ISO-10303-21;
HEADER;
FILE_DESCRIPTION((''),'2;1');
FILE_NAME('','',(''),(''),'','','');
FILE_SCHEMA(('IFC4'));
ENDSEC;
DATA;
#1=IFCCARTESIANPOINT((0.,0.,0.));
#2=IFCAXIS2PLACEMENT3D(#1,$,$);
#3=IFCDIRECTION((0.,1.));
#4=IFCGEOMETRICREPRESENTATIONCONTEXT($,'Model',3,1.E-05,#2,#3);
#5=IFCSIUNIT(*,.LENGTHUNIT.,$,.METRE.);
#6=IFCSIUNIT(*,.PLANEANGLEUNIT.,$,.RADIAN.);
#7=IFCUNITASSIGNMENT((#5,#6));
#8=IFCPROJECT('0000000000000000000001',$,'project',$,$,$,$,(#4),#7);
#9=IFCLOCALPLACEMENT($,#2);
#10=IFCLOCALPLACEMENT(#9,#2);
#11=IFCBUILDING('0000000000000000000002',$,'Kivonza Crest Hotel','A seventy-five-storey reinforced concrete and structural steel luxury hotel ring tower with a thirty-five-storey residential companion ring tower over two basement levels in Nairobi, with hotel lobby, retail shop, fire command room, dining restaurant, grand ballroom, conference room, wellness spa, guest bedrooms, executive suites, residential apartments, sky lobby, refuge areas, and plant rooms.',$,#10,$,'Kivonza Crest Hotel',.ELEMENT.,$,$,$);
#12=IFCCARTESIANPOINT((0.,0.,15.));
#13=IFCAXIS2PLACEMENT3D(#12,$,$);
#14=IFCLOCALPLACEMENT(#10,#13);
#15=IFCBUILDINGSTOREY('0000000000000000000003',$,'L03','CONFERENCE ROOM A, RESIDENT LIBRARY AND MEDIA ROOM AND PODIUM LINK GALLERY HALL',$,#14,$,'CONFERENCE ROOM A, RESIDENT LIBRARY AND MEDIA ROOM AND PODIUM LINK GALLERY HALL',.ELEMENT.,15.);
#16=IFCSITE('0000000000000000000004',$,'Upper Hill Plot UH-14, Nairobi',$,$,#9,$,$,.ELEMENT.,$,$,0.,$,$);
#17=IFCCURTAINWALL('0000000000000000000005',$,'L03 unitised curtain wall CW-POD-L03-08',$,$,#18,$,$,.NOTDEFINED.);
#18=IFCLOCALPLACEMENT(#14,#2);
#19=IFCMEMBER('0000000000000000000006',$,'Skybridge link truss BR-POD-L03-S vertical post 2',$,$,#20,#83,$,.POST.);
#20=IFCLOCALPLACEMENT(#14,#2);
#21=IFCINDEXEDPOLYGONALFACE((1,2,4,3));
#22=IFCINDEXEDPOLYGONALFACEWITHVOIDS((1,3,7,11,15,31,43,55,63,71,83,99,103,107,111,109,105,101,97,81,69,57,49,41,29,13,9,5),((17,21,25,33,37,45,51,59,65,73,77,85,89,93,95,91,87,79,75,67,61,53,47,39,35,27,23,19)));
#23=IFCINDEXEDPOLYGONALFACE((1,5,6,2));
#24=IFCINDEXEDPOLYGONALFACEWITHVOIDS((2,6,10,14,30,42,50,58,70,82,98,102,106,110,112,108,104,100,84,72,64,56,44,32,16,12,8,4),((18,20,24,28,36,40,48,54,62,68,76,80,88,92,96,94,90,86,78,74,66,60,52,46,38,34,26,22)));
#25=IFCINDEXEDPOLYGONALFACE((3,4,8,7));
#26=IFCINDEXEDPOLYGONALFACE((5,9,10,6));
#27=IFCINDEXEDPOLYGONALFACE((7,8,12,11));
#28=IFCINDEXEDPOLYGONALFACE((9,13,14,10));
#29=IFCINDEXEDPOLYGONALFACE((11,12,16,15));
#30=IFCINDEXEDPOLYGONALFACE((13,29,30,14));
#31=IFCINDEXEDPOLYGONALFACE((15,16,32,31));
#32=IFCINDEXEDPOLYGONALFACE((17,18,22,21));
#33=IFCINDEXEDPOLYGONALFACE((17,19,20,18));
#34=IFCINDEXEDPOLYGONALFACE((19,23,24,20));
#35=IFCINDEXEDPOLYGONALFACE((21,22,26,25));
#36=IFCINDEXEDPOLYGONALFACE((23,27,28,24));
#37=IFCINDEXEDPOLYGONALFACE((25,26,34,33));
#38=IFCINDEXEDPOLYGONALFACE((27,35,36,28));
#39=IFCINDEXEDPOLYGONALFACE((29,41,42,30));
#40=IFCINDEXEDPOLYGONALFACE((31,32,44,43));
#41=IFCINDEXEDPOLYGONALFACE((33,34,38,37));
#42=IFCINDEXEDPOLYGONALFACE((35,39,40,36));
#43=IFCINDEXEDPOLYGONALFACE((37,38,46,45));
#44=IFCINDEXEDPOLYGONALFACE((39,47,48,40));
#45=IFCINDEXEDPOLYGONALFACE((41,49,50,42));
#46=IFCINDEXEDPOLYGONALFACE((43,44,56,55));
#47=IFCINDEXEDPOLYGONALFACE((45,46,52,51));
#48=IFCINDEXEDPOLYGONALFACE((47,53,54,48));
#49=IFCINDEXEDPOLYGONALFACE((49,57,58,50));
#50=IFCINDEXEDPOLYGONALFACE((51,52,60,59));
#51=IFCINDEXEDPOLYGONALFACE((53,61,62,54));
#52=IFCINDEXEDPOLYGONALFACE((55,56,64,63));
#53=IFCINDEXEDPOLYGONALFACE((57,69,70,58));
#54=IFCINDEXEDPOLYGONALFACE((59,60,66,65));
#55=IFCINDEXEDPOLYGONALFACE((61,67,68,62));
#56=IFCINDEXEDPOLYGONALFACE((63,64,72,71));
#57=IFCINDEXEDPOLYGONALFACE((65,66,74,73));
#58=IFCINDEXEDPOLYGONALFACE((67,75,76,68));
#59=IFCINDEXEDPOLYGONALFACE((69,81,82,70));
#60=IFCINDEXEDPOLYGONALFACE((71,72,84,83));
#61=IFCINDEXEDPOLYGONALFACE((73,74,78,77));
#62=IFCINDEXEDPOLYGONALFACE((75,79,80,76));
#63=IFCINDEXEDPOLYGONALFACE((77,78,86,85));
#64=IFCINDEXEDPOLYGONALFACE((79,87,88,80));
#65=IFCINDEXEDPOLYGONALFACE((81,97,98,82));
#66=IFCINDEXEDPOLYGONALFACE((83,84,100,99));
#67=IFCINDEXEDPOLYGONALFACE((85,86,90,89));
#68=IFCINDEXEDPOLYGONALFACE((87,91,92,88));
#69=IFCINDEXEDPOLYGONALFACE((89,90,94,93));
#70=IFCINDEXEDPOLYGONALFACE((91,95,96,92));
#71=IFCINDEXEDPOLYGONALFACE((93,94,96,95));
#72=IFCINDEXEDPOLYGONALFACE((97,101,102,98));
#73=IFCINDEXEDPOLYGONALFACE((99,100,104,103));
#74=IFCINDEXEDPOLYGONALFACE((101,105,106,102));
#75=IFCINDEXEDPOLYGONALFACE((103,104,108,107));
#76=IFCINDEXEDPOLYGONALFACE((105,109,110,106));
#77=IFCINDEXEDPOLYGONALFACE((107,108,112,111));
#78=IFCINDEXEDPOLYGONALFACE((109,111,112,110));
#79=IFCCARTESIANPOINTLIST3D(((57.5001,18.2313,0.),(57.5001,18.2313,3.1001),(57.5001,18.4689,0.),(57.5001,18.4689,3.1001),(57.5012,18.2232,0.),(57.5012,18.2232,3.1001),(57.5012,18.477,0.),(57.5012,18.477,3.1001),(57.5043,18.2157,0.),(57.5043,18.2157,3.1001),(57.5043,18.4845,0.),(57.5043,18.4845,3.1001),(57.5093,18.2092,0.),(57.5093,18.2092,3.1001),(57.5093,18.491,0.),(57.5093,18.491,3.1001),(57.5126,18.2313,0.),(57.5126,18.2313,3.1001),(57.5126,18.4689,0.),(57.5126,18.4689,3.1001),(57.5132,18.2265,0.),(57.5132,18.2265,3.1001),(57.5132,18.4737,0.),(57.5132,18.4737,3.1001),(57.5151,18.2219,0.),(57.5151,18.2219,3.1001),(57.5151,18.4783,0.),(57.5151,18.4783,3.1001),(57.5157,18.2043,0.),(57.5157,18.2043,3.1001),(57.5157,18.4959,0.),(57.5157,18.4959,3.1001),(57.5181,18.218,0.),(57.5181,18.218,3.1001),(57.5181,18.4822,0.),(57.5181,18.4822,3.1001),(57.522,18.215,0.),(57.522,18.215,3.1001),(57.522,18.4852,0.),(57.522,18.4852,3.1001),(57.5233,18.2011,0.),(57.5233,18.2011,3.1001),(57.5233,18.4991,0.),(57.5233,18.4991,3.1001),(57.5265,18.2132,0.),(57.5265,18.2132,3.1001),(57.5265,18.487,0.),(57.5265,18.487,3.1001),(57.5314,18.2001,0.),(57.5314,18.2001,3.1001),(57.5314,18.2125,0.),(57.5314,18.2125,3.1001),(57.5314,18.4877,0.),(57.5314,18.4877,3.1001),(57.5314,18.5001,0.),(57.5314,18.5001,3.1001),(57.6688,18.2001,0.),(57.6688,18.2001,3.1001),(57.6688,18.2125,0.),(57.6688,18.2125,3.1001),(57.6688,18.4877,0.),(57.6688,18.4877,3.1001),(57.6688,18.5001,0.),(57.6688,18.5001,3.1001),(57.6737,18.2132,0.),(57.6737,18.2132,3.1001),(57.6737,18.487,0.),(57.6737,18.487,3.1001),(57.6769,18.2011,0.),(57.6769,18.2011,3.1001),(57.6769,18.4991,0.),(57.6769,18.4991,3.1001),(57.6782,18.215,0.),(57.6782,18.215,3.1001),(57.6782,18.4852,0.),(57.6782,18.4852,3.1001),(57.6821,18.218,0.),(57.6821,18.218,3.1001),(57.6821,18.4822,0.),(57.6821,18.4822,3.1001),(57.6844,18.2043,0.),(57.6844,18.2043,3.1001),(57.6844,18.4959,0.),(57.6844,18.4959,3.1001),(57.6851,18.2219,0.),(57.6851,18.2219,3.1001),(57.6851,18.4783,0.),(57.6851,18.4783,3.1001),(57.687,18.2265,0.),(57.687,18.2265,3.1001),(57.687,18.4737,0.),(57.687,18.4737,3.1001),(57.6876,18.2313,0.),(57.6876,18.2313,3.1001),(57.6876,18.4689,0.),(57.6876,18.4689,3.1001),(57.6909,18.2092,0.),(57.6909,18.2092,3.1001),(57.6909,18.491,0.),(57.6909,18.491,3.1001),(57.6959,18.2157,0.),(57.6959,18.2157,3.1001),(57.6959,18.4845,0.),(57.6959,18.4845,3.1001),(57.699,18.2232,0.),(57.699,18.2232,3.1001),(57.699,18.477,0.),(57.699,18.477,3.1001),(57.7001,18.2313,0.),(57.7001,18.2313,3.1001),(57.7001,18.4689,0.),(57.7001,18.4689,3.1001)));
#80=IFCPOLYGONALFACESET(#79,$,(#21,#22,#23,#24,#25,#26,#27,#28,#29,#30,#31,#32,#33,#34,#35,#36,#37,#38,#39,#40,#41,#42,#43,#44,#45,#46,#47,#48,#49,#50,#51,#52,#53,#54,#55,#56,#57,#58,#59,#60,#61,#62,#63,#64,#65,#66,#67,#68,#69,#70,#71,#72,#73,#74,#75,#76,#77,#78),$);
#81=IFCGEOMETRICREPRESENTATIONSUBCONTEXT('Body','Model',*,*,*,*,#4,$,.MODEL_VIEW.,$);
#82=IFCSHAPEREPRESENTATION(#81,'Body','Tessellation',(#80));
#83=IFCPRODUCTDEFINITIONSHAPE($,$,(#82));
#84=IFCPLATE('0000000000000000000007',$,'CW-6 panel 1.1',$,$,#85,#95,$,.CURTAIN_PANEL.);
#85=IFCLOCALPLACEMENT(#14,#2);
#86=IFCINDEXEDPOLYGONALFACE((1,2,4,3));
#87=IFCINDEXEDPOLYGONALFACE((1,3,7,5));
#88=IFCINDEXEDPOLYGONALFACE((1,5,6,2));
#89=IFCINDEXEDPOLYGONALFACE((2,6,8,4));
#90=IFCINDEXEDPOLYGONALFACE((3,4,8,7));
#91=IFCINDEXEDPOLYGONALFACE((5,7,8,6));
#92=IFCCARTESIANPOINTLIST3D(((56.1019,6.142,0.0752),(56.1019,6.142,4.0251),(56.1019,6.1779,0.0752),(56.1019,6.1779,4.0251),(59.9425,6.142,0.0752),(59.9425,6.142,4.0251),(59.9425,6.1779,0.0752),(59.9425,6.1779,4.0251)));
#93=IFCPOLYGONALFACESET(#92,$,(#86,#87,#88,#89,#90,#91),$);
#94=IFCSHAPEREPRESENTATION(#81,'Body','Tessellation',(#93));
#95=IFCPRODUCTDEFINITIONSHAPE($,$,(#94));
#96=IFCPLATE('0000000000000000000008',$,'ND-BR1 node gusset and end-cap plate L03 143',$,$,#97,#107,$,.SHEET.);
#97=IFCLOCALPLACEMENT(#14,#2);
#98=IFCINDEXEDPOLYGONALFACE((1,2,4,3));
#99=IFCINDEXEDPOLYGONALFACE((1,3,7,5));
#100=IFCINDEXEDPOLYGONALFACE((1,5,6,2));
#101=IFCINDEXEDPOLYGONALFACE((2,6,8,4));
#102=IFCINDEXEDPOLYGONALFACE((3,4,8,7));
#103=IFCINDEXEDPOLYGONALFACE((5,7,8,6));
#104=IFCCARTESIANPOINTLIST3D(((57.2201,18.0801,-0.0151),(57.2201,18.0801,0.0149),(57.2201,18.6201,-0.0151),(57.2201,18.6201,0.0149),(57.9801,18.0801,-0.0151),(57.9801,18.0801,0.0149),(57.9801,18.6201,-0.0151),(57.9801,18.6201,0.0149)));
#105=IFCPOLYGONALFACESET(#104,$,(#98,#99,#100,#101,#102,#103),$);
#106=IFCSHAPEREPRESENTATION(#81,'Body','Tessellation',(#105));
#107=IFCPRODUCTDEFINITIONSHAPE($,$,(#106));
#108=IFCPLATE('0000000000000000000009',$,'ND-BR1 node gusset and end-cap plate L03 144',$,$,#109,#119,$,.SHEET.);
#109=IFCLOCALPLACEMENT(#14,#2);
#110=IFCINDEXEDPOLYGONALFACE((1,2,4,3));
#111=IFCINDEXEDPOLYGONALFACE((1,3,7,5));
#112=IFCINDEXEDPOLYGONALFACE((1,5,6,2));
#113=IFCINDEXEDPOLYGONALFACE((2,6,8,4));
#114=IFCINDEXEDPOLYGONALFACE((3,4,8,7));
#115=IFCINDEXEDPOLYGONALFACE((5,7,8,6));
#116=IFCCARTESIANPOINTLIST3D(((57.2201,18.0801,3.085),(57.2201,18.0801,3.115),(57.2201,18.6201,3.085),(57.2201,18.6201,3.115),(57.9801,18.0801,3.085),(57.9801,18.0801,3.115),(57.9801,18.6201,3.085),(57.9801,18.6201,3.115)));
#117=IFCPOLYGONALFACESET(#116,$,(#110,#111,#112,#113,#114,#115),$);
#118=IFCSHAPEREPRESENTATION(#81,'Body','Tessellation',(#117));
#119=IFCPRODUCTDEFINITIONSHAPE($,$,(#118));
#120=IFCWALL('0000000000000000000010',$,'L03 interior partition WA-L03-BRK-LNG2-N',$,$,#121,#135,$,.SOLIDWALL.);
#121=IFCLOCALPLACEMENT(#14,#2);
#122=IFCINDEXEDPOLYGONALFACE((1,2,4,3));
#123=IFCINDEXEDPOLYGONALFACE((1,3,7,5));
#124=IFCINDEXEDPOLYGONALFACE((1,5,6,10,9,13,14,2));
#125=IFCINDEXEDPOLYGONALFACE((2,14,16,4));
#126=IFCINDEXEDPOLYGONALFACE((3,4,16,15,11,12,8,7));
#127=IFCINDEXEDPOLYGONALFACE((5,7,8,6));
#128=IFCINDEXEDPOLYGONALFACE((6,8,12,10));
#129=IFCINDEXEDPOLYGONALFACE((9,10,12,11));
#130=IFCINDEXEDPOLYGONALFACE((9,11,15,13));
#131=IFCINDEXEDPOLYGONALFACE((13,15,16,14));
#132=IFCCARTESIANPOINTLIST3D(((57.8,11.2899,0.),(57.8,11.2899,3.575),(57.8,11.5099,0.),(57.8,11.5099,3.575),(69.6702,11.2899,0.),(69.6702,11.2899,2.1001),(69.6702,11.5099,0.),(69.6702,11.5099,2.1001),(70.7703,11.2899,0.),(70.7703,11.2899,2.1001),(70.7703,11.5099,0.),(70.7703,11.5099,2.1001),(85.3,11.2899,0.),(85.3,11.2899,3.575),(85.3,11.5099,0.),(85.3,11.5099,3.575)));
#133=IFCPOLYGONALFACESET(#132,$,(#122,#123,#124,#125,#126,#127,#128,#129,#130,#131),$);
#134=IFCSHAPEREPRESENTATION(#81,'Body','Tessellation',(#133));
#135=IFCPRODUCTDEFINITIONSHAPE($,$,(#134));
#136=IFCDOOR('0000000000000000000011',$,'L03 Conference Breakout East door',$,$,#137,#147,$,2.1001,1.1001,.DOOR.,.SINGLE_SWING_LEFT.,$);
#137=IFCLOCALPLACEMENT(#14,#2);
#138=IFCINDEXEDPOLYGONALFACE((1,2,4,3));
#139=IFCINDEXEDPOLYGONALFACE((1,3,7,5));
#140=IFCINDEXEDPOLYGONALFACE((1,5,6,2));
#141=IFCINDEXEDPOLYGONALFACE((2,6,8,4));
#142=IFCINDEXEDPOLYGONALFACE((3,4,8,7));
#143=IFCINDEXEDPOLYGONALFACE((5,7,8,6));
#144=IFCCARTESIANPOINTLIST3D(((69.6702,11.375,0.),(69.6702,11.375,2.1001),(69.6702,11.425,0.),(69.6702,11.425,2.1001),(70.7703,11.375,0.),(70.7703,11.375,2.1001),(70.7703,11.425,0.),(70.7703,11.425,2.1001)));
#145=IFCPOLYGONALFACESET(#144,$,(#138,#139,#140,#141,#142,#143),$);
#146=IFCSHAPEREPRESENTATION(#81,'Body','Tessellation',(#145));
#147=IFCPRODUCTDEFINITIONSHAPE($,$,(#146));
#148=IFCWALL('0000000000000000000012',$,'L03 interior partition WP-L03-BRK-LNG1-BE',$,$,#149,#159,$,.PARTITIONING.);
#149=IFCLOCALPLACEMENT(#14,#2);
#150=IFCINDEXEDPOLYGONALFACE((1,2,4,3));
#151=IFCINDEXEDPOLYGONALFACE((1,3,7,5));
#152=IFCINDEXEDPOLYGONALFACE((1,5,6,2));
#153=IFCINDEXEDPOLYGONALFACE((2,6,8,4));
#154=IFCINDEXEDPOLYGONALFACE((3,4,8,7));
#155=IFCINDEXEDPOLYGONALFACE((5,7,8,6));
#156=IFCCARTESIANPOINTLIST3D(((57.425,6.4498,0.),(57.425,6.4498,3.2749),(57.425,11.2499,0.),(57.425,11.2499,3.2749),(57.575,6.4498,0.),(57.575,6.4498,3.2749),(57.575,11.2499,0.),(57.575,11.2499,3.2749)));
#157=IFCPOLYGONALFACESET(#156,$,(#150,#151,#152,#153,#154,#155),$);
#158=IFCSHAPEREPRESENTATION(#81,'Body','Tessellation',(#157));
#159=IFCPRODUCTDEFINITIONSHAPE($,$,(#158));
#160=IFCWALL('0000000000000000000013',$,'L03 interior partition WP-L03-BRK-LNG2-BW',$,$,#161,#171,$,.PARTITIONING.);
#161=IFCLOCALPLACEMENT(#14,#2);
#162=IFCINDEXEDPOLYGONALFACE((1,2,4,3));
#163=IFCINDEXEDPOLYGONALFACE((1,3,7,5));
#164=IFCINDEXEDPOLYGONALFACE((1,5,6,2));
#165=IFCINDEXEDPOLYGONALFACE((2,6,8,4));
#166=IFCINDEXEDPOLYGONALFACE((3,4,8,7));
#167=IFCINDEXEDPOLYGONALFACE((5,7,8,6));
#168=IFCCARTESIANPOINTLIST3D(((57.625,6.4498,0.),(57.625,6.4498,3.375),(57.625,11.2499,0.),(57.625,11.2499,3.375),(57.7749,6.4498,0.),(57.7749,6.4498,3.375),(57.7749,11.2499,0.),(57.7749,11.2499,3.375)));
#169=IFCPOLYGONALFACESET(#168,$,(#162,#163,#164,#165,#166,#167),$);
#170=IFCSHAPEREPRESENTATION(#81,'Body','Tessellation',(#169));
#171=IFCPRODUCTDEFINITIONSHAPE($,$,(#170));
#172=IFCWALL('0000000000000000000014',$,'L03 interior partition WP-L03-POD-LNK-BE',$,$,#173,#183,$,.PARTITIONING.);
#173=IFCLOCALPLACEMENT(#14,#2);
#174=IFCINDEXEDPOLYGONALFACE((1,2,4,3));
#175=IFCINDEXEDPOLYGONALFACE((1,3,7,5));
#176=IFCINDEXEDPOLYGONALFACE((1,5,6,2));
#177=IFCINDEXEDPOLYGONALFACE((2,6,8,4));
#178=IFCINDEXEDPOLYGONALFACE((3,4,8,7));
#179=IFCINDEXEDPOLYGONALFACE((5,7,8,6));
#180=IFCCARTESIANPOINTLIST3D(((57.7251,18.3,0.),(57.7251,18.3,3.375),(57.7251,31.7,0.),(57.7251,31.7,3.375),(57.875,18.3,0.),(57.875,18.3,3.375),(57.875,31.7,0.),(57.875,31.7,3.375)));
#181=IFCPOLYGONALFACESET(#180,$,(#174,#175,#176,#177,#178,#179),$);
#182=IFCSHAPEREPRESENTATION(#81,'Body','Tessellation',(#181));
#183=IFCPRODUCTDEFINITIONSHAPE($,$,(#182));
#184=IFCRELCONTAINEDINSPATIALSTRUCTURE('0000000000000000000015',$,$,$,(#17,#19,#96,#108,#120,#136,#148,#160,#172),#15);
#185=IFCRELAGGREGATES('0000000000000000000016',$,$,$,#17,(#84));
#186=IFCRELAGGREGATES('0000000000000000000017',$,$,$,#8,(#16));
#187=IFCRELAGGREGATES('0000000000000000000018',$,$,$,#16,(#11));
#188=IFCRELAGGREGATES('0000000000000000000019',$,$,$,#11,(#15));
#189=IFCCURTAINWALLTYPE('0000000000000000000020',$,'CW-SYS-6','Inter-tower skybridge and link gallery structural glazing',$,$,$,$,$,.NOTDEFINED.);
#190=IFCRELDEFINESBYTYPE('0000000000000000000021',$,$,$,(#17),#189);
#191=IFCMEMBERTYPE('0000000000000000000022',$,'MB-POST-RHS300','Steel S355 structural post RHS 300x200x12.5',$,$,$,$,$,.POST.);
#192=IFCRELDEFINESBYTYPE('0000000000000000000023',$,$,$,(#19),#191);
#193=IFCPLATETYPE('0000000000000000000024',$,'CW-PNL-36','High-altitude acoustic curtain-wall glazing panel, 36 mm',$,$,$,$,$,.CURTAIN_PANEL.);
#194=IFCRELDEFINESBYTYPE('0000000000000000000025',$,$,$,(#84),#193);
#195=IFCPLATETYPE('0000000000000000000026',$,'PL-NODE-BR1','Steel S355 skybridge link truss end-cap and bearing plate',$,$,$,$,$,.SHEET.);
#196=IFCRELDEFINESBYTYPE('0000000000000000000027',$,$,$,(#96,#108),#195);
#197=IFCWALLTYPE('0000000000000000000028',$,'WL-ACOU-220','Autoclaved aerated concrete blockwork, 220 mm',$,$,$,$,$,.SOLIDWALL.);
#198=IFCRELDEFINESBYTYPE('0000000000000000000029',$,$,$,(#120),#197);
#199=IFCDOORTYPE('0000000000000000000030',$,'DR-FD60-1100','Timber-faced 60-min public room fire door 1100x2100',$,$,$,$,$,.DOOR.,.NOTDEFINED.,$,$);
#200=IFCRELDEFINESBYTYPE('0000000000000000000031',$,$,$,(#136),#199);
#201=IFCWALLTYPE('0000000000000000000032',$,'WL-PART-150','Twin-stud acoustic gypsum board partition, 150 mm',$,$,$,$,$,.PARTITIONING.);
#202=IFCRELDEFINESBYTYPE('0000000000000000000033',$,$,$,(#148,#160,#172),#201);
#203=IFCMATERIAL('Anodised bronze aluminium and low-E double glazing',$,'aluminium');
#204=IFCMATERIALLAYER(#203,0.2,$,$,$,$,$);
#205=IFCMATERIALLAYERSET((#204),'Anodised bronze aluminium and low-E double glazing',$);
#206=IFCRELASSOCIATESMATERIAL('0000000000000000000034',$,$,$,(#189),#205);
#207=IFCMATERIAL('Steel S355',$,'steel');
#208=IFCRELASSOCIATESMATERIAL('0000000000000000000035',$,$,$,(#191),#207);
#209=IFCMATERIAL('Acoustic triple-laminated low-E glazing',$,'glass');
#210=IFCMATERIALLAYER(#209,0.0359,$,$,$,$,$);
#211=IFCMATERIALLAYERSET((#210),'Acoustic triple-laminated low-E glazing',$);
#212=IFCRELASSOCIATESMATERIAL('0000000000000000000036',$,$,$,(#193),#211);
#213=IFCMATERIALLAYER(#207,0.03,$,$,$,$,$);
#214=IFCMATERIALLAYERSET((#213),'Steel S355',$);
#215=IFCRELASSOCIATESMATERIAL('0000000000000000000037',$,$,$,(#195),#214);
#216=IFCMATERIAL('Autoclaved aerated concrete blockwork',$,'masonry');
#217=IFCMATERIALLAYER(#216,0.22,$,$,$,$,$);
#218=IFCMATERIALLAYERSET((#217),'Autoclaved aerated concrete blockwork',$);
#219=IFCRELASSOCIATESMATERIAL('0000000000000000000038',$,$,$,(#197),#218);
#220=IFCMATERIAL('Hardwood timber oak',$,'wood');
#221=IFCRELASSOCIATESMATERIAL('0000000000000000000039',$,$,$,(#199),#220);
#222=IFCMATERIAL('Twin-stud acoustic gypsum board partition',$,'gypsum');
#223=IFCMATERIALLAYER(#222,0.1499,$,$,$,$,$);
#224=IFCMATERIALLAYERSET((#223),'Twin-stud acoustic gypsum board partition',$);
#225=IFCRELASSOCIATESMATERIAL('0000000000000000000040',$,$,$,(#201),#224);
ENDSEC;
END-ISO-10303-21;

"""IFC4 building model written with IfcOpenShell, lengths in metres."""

from ifc_helpers import new_model, si_unit, direction, frame, frame_2d, origin, origin_2d, place, context, subcontext, project, spatial, rectangle, hollow_rectangle, extrude, material, layer, layer_set, material_profile, profile_set, type_object, element, fill, aggregate, save


model = new_model("IFC4")

# Units and contexts
model_context = context("Model", 3, precision=1e-05, world=origin(), true_north=direction((0.0, 1.0)))
body_context = subcontext(model_context, "Body", "Model", "MODEL_VIEW")
ifc_project = project(units=[si_unit("LENGTHUNIT", "METRE"), si_unit("PLANEANGLEUNIT", "RADIAN")], contexts=[model_context])

# Site, building, storey
site_placement = place(None, origin())
site = spatial("IfcSite", under=ifc_project, at=site_placement, Name="Upper Hill Plot UH-14, Nairobi", CompositionType="ELEMENT", RefElevation=0.0)
building_placement = place(site_placement, origin())
building = spatial("IfcBuilding", under=site, at=building_placement, Name="Kivonza Crest Hotel", Description="A seventy-five-storey reinforced concrete and structural steel luxury hotel ring tower with a thirty-five-storey residential companion ring tower over two basement levels in Nairobi, with hotel lobby, retail shop, fire command room, dining restaurant, grand ballroom, conference room, wellness spa, guest bedrooms, executive suites, residential apartments, sky lobby, refuge areas, and plant rooms.", LongName="Kivonza Crest Hotel", CompositionType="ELEMENT")
storey_placement = place(building_placement, frame((0.0, 0.0, 15.0)))
storey = spatial("IfcBuildingStorey", under=building, at=storey_placement, Name="L03", Description="CONFERENCE ROOM A, RESIDENT LIBRARY AND MEDIA ROOM AND PODIUM LINK GALLERY HALL", LongName="CONFERENCE ROOM A, RESIDENT LIBRARY AND MEDIA ROOM AND PODIUM LINK GALLERY HALL", CompositionType="ELEMENT", Elevation=15.0)

# Shared definitions
ifc_material_1 = material(Name="Steel S355", Category="steel")

# Curtain wall
ifc_material_2 = material(Name="Anodised bronze aluminium and low-E double glazing", Category="aluminium")
ifc_layer_1 = layer(ifc_material_2, 0.2)
ifc_layer_set_1 = layer_set([ifc_layer_1], Name="Anodised bronze aluminium and low-E double glazing")
curtain_wall_type = type_object("IfcCurtainWallType", Name="CW-SYS-6", Description="Inter-tower skybridge and link gallery structural glazing", PredefinedType="NOTDEFINED", material=ifc_layer_set_1)
curtain_wall_placement = place(storey_placement, origin())
curtain_wall = element("IfcCurtainWall", 1, at=curtain_wall_placement, inside=storey, type_object=curtain_wall_type, Name="L03 unitised curtain wall CW-POD-L03-08", PredefinedType="NOTDEFINED")

# Member
ifc_material_profile_1 = material_profile(ifc_material_1, hollow_rectangle(XDim=0.2, YDim=0.3, WallThickness=0.0125, InnerFilletRadius=0.0188, OuterFilletRadius=0.0312, at=origin_2d()), Name="RHS 300x200x12.5")
ifc_profile_set_1 = profile_set([ifc_material_profile_1], Name="Steel S355")
member_type_1 = type_object("IfcMemberType", Name="MB-POST-RHS300", Description="Steel S355 structural post RHS 300x200x12.5", PredefinedType="POST", material=ifc_profile_set_1)
member_1_placement = place(storey_placement, frame((57.6001, 18.3501, 0.0), z_axis=(0.0, 0.0, 1.0), x_axis=(1.0, 0.0, 0.0)))
element("IfcMember", 2, at=member_1_placement, inside=storey, type_object=member_type_1, Name="Skybridge link truss BR-POD-L03-S vertical post 2", PredefinedType="POST", context=body_context, shape_type="SweptSolid", body=[
    extrude(hollow_rectangle(XDim=0.2, YDim=0.3, WallThickness=0.0125, InnerFilletRadius=0.0188, OuterFilletRadius=0.0312, at=origin_2d()), origin(), (0.0, 0.0, 1.0), 3.1001),
])

# Plate
ifc_material_3 = material(Name="Acoustic triple-laminated low-E glazing", Category="glass")
ifc_layer_2 = layer(ifc_material_3, 0.0359)
ifc_layer_set_2 = layer_set([ifc_layer_2], Name="Acoustic triple-laminated low-E glazing")
plate_type_1 = type_object("IfcPlateType", Name="CW-PNL-36", Description="High-altitude acoustic curtain-wall glazing panel, 36 mm", PredefinedType="CURTAIN_PANEL", material=ifc_layer_set_2)
plate_placement = place(storey_placement, frame((58.0222, 6.1599, 0.0752), z_axis=(0.0, 0.0, 1.0), x_axis=(1.0, 0.0, 0.0)))
plate = element("IfcPlate", 3, at=plate_placement, type_object=plate_type_1, Name="CW-6 panel 1.1", PredefinedType="CURTAIN_PANEL", context=body_context, shape_type="SweptSolid", body=[
    extrude(rectangle(XDim=3.8406, YDim=0.0359, at=origin_2d()), origin(), (0.0, 0.0, 1.0), 3.95),
])
aggregate(curtain_wall, [plate])

# Plates
ifc_layer_3 = layer(ifc_material_1, 0.03)
ifc_layer_set_3 = layer_set([ifc_layer_3], Name="Steel S355")
plate_type_2 = type_object("IfcPlateType", Name="PL-NODE-BR1", Description="Steel S355 skybridge link truss end-cap and bearing plate", PredefinedType="SHEET", material=ifc_layer_set_3)
for number, where, z_axis, x_axis, name in (
    (4, (57.6001, 18.3501, -0.0151), (0.0, 0.0, 1.0), (1.0, 0.0, 0.0), "ND-BR1 node gusset and end-cap plate L03 143"),
    (5, (57.6001, 18.3501, 3.085), (0.0, 0.0, 1.0), (1.0, 0.0, 0.0), "ND-BR1 node gusset and end-cap plate L03 144"),
):
    element("IfcPlate", number, at=place(storey_placement, frame(where, z_axis=z_axis, x_axis=x_axis)), inside=storey, type_object=plate_type_2, Name=name, PredefinedType="SHEET", context=body_context, shape_type="SweptSolid", body=[
        extrude(rectangle(XDim=0.76, YDim=0.54, at=origin_2d()), origin(), (0.0, 0.0, 1.0), 0.03),
    ])

# Wall, opening, door
ifc_material_4 = material(Name="Autoclaved aerated concrete blockwork", Category="masonry")
ifc_layer_4 = layer(ifc_material_4, 0.22)
ifc_layer_set_4 = layer_set([ifc_layer_4], Name="Autoclaved aerated concrete blockwork")
wall_type_1 = type_object("IfcWallType", Name="WL-ACOU-220", Description="Autoclaved aerated concrete blockwork, 220 mm", PredefinedType="SOLIDWALL", material=ifc_layer_set_4)
wall_1_placement = place(storey_placement, frame((57.8, 11.3999, 0.0), z_axis=(0.0, 0.0, 1.0), x_axis=(1.0, 0.0, 0.0)))
wall_1 = element("IfcWall", 6, at=wall_1_placement, inside=storey, type_object=wall_type_1, Name="L03 interior partition WA-L03-BRK-LNG2-N", PredefinedType="SOLIDWALL", context=body_context, shape_type="SweptSolid", body=[
    extrude(rectangle(XDim=27.5, YDim=0.22, at=frame_2d((13.75, 0.0))), origin(), (0.0, 0.0, 1.0), 3.575),
])
opening_placement = place(wall_1_placement, frame((11.8701, 0.0, 0.0)))
opening = element("IfcOpeningElement", 7, at=opening_placement, cuts=wall_1, PredefinedType="OPENING", context=body_context, shape_type="SweptSolid", body=[
    extrude(rectangle(XDim=1.1001, YDim=2.1001, at=frame_2d((0.55, 1.05))), frame((0.0, 0.1201, 0.0), z_axis=(0.0, -1.0, 0.0), x_axis=(1.0, 0.0, 0.0)), (0.0, 0.0, 1.0), 0.24),
])
ifc_material_5 = material(Name="Hardwood timber oak", Category="wood")
door_type = type_object("IfcDoorType", Name="DR-FD60-1100", Description="Timber-faced 60-min public room fire door 1100x2100", OperationType="NOTDEFINED", PredefinedType="DOOR", material=ifc_material_5)
door_placement = place(opening_placement, frame((1.1001, 0.0, 0.0), z_axis=(0.0, 0.0, 1.0), x_axis=(-1.0, 0.0, 0.0)))
door = element("IfcDoor", 8, at=door_placement, inside=storey, type_object=door_type, Name="L03 Conference Breakout East door", OperationType="SINGLE_SWING_LEFT", OverallHeight=2.1001, OverallWidth=1.1001, PredefinedType="DOOR", context=body_context, shape_type="SweptSolid", body=[
    extrude(rectangle(XDim=1.1001, YDim=2.1001, at=frame_2d((0.55, 1.05))), frame((0.0, 0.0249, 0.0), z_axis=(0.0, -1.0, 0.0), x_axis=(1.0, 0.0, 0.0)), (0.0, 0.0, 1.0), 0.05),
])
fill(opening, door)

# Walls
ifc_material_6 = material(Name="Twin-stud acoustic gypsum board partition", Category="gypsum")
ifc_layer_5 = layer(ifc_material_6, 0.1499)
ifc_layer_set_5 = layer_set([ifc_layer_5], Name="Twin-stud acoustic gypsum board partition")
wall_type_2 = type_object("IfcWallType", Name="WL-PART-150", Description="Twin-stud acoustic gypsum board partition, 150 mm", PredefinedType="PARTITIONING", material=ifc_layer_set_5)
wall_2_placement = place(storey_placement, frame((57.5, 6.45, 0.0), z_axis=(0.0, 0.0, 1.0), x_axis=(0.0, 1.0, 0.0)))
element("IfcWall", 9, at=wall_2_placement, inside=storey, type_object=wall_type_2, Name="L03 interior partition WP-L03-BRK-LNG1-BE", PredefinedType="PARTITIONING", context=body_context, shape_type="SweptSolid", body=[
    extrude(rectangle(XDim=4.8, YDim=0.1499, at=frame_2d((2.3999, 0.0))), origin(), (0.0, 0.0, 1.0), 3.2749),
])
wall_3_placement = place(storey_placement, frame((57.7, 6.45, 0.0), z_axis=(0.0, 0.0, 1.0), x_axis=(0.0, 1.0, 0.0)))
element("IfcWall", 10, at=wall_3_placement, inside=storey, type_object=wall_type_2, Name="L03 interior partition WP-L03-BRK-LNG2-BW", PredefinedType="PARTITIONING", context=body_context, shape_type="SweptSolid", body=[
    extrude(rectangle(XDim=4.8, YDim=0.1499, at=frame_2d((2.3999, 0.0))), origin(), (0.0, 0.0, 1.0), 3.375),
])
wall_4_placement = place(storey_placement, frame((57.8, 18.3, 0.0), z_axis=(0.0, 0.0, 1.0), x_axis=(0.0, 1.0, 0.0)))
element("IfcWall", 11, at=wall_4_placement, inside=storey, type_object=wall_type_2, Name="L03 interior partition WP-L03-POD-LNK-BE", PredefinedType="PARTITIONING", context=body_context, shape_type="SweptSolid", body=[
    extrude(rectangle(XDim=13.3999, YDim=0.1499, at=frame_2d((6.7, 0.0))), origin(), (0.0, 0.0, 1.0), 3.375),
])

save(model, "model.ifc")
